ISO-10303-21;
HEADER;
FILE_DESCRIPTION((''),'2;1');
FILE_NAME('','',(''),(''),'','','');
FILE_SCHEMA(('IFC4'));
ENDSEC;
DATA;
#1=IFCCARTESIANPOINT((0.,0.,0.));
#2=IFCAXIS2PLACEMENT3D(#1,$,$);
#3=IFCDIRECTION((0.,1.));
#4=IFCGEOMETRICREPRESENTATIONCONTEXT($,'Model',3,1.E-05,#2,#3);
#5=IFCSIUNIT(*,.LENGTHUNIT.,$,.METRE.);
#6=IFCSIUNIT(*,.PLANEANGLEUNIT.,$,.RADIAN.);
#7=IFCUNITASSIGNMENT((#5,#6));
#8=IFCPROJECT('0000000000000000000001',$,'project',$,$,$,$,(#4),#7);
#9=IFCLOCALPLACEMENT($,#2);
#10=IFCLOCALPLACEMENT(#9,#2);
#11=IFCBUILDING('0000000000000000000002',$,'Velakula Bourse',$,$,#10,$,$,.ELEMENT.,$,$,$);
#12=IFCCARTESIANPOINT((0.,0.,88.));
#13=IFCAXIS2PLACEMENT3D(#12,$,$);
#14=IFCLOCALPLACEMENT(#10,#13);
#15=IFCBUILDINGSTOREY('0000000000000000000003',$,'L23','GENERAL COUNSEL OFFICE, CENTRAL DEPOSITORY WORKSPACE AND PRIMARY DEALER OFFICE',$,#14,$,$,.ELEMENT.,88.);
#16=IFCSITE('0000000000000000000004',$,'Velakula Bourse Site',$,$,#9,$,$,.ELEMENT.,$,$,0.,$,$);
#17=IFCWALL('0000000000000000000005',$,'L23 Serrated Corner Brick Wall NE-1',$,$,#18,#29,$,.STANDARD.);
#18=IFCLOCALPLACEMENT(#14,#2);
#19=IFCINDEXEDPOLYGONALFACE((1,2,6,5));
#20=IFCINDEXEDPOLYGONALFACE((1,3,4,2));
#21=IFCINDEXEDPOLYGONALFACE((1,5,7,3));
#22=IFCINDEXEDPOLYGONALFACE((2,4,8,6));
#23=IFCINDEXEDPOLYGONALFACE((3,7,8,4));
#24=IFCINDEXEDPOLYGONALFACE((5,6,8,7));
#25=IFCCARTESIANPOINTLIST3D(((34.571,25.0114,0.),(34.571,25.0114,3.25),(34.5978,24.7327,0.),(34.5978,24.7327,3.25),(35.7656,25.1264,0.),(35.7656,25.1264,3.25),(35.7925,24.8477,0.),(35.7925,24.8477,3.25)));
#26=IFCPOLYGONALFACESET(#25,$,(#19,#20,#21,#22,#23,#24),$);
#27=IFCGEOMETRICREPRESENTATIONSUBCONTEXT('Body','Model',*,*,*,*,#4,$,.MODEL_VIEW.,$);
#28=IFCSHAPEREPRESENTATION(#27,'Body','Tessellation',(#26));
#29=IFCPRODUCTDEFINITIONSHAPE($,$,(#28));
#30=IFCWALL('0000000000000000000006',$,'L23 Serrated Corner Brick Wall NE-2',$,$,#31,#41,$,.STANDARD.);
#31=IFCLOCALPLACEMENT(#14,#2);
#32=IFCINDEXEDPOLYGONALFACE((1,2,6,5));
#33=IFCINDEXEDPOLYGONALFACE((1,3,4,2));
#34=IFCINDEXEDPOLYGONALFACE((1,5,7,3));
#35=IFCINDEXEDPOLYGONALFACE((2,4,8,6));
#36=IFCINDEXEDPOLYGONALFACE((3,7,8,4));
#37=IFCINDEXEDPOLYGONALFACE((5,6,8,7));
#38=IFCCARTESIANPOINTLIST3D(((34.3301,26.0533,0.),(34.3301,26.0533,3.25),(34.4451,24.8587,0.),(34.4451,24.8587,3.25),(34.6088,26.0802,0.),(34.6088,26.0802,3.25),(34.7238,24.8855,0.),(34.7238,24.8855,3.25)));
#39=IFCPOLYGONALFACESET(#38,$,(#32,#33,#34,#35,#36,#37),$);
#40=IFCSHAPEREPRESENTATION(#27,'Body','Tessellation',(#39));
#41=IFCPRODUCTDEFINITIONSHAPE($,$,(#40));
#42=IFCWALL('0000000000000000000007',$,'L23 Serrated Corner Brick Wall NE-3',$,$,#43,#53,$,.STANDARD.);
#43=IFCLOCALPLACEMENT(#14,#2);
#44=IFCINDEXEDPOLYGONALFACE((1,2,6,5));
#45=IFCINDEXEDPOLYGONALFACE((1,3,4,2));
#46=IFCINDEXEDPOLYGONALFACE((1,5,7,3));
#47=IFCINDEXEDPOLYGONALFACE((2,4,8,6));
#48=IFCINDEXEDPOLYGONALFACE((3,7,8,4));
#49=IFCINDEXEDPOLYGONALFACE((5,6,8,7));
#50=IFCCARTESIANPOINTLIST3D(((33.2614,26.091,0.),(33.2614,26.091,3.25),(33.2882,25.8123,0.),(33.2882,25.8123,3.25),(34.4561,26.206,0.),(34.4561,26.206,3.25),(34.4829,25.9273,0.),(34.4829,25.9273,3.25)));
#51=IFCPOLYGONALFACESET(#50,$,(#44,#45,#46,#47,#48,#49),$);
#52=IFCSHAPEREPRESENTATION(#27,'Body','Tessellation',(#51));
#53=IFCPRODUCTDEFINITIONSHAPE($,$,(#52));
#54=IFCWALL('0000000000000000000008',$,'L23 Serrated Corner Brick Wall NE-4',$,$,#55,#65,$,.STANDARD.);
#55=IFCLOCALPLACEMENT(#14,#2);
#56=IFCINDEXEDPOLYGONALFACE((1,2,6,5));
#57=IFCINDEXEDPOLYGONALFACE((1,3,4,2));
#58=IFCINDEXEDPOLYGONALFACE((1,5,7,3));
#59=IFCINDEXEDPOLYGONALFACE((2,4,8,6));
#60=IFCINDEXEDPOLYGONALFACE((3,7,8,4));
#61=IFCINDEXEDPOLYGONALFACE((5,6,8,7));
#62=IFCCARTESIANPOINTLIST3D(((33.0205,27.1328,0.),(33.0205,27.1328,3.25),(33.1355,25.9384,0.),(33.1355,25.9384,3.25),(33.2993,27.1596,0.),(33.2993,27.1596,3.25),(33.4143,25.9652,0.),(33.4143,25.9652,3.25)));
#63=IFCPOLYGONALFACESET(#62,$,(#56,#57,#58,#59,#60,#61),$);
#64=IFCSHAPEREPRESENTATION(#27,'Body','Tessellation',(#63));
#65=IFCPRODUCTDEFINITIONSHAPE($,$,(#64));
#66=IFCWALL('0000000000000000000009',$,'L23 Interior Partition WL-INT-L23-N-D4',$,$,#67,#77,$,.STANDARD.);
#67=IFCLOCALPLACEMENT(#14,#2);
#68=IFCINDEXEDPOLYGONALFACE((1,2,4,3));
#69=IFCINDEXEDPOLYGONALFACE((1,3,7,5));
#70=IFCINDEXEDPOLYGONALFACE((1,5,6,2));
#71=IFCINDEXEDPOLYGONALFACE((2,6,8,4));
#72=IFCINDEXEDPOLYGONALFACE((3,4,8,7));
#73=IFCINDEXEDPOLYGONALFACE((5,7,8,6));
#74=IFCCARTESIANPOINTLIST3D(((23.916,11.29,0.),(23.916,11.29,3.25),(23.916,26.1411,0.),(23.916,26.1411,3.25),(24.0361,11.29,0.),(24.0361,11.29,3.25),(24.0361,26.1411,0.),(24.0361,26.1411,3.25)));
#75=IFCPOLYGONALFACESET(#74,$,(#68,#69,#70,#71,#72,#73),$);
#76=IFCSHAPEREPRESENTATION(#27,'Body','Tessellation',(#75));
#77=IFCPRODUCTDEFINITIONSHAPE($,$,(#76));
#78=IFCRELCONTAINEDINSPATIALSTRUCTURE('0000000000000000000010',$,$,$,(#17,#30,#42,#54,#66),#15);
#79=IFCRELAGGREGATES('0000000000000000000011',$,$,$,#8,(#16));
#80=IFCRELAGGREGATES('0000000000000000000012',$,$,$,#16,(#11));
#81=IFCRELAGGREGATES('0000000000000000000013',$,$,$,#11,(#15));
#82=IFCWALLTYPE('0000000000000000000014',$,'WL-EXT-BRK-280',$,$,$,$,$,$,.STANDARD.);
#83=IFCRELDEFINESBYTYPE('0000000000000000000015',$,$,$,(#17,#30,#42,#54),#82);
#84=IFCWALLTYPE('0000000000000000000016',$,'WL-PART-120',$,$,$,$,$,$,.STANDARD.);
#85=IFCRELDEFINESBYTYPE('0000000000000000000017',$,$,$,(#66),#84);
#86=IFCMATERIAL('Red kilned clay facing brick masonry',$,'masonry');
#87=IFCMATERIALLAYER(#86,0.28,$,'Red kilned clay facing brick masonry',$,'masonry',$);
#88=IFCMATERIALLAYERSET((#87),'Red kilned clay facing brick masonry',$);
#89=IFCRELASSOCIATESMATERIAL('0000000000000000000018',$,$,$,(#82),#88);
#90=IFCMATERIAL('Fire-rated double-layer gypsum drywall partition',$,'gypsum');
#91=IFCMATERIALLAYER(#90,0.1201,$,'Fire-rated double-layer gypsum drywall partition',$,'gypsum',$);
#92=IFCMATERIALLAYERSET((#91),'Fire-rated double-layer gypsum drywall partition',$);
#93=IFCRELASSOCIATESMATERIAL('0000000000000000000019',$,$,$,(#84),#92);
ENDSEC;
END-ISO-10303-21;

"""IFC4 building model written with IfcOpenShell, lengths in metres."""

from ifc_helpers import new_model, si_unit, direction, frame, frame_2d, origin, place, context, subcontext, project, spatial, rectangle, extrude, material, layer, layer_set, type_object, element, save


model = new_model("IFC4")

# Units and contexts
model_context = context("Model", 3, precision=1e-05, world=origin(), true_north=direction((0.0, 1.0)))
body_context = subcontext(model_context, "Body", "Model", "MODEL_VIEW")
ifc_project = project(units=[si_unit("LENGTHUNIT", "METRE"), si_unit("PLANEANGLEUNIT", "RADIAN")], contexts=[model_context])

# Site, building, storey
site_placement = place(None, origin())
site = spatial("IfcSite", under=ifc_project, at=site_placement, Name="Velakula Bourse Site", CompositionType="ELEMENT", RefElevation=0.0)
building_placement = place(site_placement, origin())
building = spatial("IfcBuilding", under=site, at=building_placement, Name="Velakula Bourse", CompositionType="ELEMENT")
storey_placement = place(building_placement, frame((0.0, 0.0, 88.0)))
storey = spatial("IfcBuildingStorey", under=building, at=storey_placement, Name="L23", Description="GENERAL COUNSEL OFFICE, CENTRAL DEPOSITORY WORKSPACE AND PRIMARY DEALER OFFICE", CompositionType="ELEMENT", Elevation=88.0)

# Shared definitions
ifc_material_1 = material(Name="Red kilned clay facing brick masonry", Category="masonry")
ifc_layer_1 = layer(ifc_material_1, 0.28, Name="Red kilned clay facing brick masonry", Category="masonry")
ifc_layer_set_1 = layer_set([ifc_layer_1], Name="Red kilned clay facing brick masonry")
wall_type_1 = type_object("IfcWallType", Name="WL-EXT-BRK-280", PredefinedType="STANDARD", material=ifc_layer_set_1)

# Walls
for number, where, z_axis, x_axis, name in (
    (1, (35.7791, 24.9871, 0.0), (0.0, 0.0, 1.0), (-0.995399, -0.095817, 0.0), "L23 Serrated Corner Brick Wall NE-1"),
    (2, (34.5845, 24.8721, 0.0), (0.0, 0.0, 1.0), (-0.095817, 0.995399, 0.0), "L23 Serrated Corner Brick Wall NE-2"),
    (3, (34.4695, 26.0667, 0.0), (0.0, 0.0, 1.0), (-0.995399, -0.095817, 0.0), "L23 Serrated Corner Brick Wall NE-3"),
):
    element("IfcWall", number, at=place(storey_placement, frame(where, z_axis=z_axis, x_axis=x_axis)), inside=storey, type_object=wall_type_1, Name=name, PredefinedType="STANDARD", context=body_context, shape_type="SweptSolid", body=[
        extrude(rectangle(XDim=1.2002, YDim=0.28, at=frame_2d((0.6001, 0.0))), origin(), (0.0, 0.0, 1.0), 3.25),
    ])
wall_1_placement = place(storey_placement, frame((33.2749, 25.9517, 0.0), z_axis=(0.0, 0.0, 1.0), x_axis=(-0.095836, 0.995397, 0.0)))
element("IfcWall", 4, at=wall_1_placement, inside=storey, type_object=wall_type_1, Name="L23 Serrated Corner Brick Wall NE-4", PredefinedType="STANDARD", context=body_context, shape_type="SweptSolid", body=[
    extrude(rectangle(XDim=1.2, YDim=0.28, at=frame_2d((0.6001, 0.0))), origin(), (0.0, 0.0, 1.0), 3.25),
])
ifc_material_2 = material(Name="Fire-rated double-layer gypsum drywall partition", Category="gypsum")
ifc_layer_2 = layer(ifc_material_2, 0.1201, Name="Fire-rated double-layer gypsum drywall partition", Category="gypsum")
ifc_layer_set_2 = layer_set([ifc_layer_2], Name="Fire-rated double-layer gypsum drywall partition")
wall_type_2 = type_object("IfcWallType", Name="WL-PART-120", PredefinedType="STANDARD", material=ifc_layer_set_2)
wall_2_placement = place(storey_placement, frame((23.9761, 11.29, 0.0), z_axis=(0.0, 0.0, 1.0), x_axis=(0.0, 1.0, 0.0)))
element("IfcWall", 5, at=wall_2_placement, inside=storey, type_object=wall_type_2, Name="L23 Interior Partition WL-INT-L23-N-D4", PredefinedType="STANDARD", context=body_context, shape_type="SweptSolid", body=[
    extrude(rectangle(XDim=14.8511, YDim=0.1201, at=frame_2d((7.4255, 0.0))), origin(), (0.0, 0.0, 1.0), 3.25),
])

save(model, "model.ifc")
